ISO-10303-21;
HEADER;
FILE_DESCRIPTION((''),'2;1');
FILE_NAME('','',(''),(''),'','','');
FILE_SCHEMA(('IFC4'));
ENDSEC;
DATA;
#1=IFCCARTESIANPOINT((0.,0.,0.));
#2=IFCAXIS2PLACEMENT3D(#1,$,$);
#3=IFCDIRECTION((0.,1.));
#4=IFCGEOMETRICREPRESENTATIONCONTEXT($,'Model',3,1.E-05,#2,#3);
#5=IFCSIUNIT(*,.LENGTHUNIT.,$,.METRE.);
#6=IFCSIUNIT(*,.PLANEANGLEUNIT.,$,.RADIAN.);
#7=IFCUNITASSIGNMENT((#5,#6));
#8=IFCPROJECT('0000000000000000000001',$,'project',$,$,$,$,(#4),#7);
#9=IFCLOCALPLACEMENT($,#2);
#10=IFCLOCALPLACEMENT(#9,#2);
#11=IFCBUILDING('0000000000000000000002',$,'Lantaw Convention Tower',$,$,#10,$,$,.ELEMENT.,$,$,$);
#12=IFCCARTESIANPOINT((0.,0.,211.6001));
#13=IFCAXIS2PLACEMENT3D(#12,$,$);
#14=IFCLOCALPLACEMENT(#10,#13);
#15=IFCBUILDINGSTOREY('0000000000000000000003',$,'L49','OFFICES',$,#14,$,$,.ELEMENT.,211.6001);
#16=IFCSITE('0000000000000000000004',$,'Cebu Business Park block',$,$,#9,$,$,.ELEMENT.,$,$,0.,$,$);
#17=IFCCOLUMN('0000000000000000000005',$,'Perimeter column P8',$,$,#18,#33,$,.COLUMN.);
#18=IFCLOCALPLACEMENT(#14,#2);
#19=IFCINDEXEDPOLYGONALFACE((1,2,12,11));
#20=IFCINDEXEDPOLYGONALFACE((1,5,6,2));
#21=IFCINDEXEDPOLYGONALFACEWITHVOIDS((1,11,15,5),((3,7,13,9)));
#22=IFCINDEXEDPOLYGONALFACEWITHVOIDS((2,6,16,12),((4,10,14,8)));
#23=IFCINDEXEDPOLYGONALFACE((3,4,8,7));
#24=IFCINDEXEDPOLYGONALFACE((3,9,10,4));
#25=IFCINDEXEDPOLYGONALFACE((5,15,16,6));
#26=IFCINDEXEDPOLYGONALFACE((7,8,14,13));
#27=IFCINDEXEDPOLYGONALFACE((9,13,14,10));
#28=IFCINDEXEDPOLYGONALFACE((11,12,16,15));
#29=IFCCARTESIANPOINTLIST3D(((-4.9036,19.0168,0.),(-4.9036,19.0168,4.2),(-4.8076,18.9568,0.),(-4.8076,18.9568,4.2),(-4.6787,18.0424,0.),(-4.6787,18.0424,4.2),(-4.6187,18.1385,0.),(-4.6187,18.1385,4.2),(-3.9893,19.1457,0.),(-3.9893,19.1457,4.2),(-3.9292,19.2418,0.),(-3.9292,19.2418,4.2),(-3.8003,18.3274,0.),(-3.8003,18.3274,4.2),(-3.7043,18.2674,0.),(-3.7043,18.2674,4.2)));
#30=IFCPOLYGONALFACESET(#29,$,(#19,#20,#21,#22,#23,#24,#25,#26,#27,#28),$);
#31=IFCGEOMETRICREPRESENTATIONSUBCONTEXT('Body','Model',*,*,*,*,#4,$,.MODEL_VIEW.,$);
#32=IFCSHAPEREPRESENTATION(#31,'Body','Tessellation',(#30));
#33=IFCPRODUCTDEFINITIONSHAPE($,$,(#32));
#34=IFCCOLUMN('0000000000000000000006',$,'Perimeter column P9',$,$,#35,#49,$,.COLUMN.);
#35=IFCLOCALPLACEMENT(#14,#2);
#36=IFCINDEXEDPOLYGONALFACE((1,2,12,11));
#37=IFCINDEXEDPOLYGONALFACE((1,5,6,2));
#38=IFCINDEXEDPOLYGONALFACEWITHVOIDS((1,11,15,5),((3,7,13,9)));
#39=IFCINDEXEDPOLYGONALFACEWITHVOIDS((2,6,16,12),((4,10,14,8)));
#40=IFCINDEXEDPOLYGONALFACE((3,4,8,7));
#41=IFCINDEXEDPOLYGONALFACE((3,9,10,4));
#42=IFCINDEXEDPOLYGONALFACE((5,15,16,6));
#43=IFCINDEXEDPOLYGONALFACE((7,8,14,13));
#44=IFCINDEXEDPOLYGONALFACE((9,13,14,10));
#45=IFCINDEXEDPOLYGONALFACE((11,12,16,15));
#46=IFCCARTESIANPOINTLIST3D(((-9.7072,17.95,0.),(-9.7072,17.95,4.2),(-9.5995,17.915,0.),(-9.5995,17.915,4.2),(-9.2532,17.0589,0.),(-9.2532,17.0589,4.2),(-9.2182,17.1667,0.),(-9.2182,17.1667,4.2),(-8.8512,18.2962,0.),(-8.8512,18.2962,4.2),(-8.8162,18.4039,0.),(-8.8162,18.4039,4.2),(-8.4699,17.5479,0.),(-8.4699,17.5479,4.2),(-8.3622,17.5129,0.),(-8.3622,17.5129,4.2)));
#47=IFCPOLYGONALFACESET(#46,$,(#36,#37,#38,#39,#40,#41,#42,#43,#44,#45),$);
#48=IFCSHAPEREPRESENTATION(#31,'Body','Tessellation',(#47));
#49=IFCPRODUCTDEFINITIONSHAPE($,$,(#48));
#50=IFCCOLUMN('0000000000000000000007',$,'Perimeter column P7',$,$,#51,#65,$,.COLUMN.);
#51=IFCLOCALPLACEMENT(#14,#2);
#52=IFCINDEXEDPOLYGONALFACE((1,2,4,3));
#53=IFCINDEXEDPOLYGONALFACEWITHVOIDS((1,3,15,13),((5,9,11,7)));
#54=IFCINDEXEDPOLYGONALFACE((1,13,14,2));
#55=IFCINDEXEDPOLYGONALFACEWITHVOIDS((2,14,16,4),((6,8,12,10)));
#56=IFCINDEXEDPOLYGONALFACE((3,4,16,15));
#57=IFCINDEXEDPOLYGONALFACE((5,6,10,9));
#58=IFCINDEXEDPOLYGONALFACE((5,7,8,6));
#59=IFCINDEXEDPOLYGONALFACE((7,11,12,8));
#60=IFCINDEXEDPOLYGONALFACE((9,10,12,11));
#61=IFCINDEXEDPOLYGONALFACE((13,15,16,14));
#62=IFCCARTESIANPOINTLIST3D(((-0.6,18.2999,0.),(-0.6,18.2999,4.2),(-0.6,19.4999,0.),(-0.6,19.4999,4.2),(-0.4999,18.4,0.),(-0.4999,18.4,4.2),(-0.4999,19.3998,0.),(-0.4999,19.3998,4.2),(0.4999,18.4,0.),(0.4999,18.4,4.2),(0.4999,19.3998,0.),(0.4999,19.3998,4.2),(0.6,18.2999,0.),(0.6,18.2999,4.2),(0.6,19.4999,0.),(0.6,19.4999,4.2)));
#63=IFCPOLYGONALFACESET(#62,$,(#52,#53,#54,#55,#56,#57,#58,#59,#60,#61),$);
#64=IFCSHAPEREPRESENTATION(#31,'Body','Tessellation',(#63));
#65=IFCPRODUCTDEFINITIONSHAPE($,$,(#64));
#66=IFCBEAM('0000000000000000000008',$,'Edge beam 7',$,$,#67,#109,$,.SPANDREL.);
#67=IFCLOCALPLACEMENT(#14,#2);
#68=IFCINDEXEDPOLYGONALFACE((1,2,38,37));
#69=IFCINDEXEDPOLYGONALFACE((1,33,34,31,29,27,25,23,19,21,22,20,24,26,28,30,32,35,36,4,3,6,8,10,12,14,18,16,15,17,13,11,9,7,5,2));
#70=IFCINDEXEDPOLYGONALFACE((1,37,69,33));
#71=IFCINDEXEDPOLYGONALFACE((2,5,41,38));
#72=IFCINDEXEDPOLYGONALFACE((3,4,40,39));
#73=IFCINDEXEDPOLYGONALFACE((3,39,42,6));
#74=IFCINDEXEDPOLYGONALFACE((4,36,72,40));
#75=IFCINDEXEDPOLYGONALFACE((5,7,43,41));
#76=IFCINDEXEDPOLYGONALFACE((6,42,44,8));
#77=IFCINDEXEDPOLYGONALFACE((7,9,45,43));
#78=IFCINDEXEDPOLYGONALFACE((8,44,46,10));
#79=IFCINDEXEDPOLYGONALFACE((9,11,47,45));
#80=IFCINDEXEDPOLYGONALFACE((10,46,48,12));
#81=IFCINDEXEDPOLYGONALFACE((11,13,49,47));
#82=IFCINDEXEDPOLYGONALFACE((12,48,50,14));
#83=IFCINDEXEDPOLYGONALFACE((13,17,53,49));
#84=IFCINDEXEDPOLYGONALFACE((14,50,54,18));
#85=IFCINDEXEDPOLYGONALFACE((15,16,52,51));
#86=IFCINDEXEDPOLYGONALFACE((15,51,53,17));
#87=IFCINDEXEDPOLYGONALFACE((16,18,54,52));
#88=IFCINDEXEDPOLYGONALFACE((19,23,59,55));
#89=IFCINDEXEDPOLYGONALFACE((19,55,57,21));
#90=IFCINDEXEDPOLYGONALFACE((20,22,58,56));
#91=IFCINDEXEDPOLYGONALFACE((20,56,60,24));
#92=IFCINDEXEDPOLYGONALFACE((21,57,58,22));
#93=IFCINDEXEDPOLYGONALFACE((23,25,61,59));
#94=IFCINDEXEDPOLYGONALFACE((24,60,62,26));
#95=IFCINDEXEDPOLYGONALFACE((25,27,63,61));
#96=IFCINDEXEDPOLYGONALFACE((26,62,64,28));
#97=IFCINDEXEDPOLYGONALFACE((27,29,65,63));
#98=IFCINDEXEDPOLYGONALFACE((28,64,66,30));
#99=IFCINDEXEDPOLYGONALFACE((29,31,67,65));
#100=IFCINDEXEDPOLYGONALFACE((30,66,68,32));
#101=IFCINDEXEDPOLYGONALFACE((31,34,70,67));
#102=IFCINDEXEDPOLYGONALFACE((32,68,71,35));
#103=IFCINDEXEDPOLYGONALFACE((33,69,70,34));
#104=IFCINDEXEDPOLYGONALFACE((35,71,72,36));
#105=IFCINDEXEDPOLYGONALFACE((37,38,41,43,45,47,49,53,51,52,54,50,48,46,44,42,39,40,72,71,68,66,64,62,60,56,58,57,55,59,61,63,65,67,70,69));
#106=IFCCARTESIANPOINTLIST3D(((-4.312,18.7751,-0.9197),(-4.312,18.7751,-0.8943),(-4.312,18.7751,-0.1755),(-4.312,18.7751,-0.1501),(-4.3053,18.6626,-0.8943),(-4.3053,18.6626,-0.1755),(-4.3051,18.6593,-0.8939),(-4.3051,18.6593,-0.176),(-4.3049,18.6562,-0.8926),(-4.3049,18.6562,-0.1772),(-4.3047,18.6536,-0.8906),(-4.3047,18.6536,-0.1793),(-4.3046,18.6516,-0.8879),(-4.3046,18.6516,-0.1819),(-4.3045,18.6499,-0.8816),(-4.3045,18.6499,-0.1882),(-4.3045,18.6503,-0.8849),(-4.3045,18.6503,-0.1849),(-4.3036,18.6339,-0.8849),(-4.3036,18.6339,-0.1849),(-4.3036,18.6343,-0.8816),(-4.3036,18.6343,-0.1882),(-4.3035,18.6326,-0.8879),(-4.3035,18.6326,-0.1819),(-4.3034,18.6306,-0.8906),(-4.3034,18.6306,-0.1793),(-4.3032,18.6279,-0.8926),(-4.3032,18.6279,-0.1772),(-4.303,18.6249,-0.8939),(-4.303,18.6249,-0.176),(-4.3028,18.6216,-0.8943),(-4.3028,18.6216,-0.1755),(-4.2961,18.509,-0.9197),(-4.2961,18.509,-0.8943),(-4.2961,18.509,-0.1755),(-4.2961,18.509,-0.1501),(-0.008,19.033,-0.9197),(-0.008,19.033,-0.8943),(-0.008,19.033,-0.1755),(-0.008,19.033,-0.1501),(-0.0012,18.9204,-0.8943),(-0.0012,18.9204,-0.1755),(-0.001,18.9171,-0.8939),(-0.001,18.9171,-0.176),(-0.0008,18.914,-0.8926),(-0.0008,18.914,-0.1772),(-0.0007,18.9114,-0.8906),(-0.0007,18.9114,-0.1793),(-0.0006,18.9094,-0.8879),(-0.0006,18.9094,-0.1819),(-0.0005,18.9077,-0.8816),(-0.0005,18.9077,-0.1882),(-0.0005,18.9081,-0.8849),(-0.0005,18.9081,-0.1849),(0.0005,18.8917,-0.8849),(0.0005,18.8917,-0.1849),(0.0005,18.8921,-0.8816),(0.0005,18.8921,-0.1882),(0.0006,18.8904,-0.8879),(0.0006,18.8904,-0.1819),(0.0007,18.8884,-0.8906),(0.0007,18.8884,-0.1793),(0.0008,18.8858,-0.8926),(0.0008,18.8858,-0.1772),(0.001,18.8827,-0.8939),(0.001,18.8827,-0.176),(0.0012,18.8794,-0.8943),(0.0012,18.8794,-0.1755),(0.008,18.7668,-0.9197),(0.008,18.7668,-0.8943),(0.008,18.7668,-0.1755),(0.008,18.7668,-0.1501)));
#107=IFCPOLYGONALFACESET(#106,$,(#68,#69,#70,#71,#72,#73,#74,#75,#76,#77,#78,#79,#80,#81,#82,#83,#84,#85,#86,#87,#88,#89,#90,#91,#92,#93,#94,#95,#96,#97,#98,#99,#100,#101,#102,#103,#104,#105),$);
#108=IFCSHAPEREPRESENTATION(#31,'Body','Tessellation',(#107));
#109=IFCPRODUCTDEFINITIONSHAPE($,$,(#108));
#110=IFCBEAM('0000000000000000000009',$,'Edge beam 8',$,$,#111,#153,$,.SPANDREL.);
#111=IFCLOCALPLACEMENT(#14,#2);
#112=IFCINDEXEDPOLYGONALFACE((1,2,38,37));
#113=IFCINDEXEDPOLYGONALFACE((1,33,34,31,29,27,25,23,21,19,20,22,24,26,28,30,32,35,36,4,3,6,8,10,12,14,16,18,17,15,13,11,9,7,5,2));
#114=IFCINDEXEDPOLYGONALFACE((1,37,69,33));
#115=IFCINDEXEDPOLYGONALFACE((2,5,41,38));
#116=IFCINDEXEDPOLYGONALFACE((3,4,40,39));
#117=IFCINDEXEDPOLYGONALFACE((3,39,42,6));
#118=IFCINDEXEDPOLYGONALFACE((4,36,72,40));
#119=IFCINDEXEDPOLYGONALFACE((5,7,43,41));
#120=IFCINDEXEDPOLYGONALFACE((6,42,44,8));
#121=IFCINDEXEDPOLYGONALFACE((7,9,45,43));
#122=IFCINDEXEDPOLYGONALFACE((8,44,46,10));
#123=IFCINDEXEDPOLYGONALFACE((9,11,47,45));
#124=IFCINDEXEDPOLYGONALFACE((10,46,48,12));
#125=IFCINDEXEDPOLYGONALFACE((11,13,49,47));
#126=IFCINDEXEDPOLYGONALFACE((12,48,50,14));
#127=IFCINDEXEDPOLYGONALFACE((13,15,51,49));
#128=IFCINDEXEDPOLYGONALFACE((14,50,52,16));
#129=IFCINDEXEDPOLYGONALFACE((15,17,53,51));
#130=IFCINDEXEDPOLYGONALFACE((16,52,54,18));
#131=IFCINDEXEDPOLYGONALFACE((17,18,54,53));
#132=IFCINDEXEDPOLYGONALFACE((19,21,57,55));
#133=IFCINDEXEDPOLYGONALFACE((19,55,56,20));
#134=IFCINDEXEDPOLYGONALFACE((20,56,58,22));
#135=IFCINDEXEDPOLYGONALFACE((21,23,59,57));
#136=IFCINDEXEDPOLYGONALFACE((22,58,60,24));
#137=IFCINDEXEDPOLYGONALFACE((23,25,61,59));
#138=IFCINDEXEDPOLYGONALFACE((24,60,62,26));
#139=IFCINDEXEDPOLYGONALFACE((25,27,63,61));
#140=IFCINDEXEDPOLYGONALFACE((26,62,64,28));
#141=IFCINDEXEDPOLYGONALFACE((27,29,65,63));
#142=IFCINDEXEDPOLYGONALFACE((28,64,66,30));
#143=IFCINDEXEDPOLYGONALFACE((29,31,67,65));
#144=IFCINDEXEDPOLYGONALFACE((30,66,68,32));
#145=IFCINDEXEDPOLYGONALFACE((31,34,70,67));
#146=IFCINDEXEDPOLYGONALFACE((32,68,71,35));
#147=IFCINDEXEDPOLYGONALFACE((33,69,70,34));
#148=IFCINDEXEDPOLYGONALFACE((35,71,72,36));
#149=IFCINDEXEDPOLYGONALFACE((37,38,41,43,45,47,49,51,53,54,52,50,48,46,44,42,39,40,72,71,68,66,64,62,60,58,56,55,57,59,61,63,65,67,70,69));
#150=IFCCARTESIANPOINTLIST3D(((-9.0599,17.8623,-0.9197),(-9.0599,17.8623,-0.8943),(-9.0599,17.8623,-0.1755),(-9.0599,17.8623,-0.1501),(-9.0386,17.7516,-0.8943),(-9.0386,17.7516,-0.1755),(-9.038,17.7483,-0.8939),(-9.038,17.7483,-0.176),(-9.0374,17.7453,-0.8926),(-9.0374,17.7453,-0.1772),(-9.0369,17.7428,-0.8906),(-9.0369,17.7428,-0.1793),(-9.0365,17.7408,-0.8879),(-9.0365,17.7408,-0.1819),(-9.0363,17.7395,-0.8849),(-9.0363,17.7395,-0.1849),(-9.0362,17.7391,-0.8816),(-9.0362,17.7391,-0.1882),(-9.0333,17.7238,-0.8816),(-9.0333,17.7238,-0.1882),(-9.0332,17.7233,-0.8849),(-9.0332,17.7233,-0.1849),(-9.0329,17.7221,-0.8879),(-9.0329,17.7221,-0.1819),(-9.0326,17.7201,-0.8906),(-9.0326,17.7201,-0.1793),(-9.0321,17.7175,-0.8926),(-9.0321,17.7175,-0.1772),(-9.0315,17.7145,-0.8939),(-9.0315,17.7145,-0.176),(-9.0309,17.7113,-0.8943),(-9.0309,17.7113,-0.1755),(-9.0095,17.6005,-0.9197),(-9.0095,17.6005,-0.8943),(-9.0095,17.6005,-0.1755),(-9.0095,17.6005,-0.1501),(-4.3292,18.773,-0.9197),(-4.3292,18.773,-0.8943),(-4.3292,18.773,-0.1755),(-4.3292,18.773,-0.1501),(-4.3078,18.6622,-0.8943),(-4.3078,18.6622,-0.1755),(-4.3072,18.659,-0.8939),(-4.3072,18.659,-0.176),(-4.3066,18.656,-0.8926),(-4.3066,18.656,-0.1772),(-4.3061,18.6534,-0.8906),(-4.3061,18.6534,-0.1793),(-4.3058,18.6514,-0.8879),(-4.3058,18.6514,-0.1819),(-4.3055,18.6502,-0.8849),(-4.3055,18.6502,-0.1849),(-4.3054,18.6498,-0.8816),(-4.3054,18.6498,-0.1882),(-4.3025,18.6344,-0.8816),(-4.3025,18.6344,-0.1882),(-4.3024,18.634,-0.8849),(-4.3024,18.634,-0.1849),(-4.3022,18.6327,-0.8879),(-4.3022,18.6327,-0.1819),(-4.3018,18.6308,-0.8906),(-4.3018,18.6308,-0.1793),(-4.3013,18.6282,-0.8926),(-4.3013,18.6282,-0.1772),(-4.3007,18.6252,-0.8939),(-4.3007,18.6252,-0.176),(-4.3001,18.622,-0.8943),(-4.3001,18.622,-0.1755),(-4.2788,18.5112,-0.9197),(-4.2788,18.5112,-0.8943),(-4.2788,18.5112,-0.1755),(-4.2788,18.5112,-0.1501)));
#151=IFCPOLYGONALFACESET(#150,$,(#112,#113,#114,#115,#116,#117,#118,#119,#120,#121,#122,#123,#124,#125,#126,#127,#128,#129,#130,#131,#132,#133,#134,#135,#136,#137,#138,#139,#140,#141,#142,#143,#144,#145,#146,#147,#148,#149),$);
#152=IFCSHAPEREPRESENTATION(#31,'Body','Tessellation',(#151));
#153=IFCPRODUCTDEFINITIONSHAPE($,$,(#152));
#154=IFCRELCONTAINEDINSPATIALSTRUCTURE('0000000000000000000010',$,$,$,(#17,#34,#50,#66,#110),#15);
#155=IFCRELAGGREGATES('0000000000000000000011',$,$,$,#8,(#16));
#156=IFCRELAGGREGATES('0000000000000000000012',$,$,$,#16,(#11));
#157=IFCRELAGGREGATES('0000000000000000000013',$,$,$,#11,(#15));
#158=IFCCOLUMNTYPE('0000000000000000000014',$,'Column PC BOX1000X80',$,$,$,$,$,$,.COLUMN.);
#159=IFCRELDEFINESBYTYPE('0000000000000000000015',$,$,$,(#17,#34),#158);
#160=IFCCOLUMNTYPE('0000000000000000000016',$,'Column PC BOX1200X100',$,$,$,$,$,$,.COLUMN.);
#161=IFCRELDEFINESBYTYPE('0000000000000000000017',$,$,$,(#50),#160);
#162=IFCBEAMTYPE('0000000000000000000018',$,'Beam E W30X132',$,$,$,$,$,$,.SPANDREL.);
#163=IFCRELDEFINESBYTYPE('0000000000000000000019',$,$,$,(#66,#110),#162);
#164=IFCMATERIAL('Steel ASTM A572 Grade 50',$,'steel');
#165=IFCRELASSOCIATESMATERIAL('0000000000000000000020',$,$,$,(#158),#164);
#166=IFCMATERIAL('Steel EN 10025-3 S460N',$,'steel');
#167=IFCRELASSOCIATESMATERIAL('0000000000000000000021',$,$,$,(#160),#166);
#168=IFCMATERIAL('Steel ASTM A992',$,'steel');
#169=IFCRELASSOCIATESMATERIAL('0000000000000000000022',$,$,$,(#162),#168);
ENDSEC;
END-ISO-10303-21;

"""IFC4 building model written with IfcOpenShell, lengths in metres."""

from ifc_helpers import new_model, si_unit, direction, frame, origin, origin_2d, place, context, subcontext, project, spatial, rectangle, hollow_rectangle, i_section, extrude, material, material_profile, profile_set, type_object, element, save


model = new_model("IFC4")

# Units and contexts
model_context = context("Model", 3, precision=1e-05, world=origin(), true_north=direction((0.0, 1.0)))
body_context = subcontext(model_context, "Body", "Model", "MODEL_VIEW")
ifc_project = project(units=[si_unit("LENGTHUNIT", "METRE"), si_unit("PLANEANGLEUNIT", "RADIAN")], contexts=[model_context])

# Site, building, storey
site_placement = place(None, origin())
site = spatial("IfcSite", under=ifc_project, at=site_placement, Name="Cebu Business Park block", CompositionType="ELEMENT", RefElevation=0.0)
building_placement = place(site_placement, origin())
building = spatial("IfcBuilding", under=site, at=building_placement, Name="Lantaw Convention Tower", CompositionType="ELEMENT")
storey_placement = place(building_placement, frame((0.0, 0.0, 211.6001)))
storey = spatial("IfcBuildingStorey", under=building, at=storey_placement, Name="L49", Description="OFFICES", CompositionType="ELEMENT", Elevation=211.6001)

# Columns
ifc_material_1 = material(Name="Steel ASTM A572 Grade 50", Category="steel")
ifc_material_profile_1 = material_profile(ifc_material_1, hollow_rectangle(XDim=1.0, YDim=1.0, WallThickness=0.0801, at=origin_2d()), Name="BOX1000X80")
ifc_material_2 = material(Name="Concrete C60/75", Category="concrete")
ifc_material_profile_2 = material_profile(ifc_material_2, rectangle(XDim=0.8401, YDim=0.8401, at=origin_2d()), Name="Concrete fill of BOX1000X80")
ifc_profile_set_1 = profile_set([ifc_material_profile_1, ifc_material_profile_2], Name="Steel ASTM A572 Grade 50")
column_type_1 = type_object("IfcColumnType", Name="Column PC BOX1000X80", PredefinedType="COLUMN", material=ifc_profile_set_1)
for number, where, z_axis, x_axis, name in (
    (1, (-4.304, 18.6421, 0.0), (0.0, 0.0, 1.0), (0.97437, 0.224951, 0.0), "Perimeter column P8"),
    (2, (-9.0347, 17.7314, 0.0), (0.0, 0.0, 1.0), (0.891007, 0.45399, 0.0), "Perimeter column P9"),
):
    element("IfcColumn", number, at=place(storey_placement, frame(where, z_axis=z_axis, x_axis=x_axis)), inside=storey, type_object=column_type_1, Name=name, PredefinedType="COLUMN", context=body_context, shape_type="SweptSolid", body=[
        extrude(hollow_rectangle(XDim=1.0, YDim=1.0, WallThickness=0.0801, at=origin_2d()), origin(), (0.0, 0.0, 1.0), 4.2),
    ])
ifc_material_3 = material(Name="Steel EN 10025-3 S460N", Category="steel")
ifc_material_profile_3 = material_profile(ifc_material_3, hollow_rectangle(XDim=1.2, YDim=1.2, WallThickness=0.1001, at=origin_2d()), Name="BOX1200X100")
ifc_material_profile_4 = material_profile(ifc_material_2, rectangle(XDim=1.0, YDim=1.0, at=origin_2d()), Name="Concrete fill of BOX1200X100")
ifc_profile_set_2 = profile_set([ifc_material_profile_3, ifc_material_profile_4], Name="Steel EN 10025-3 S460N")
column_type_2 = type_object("IfcColumnType", Name="Column PC BOX1200X100", PredefinedType="COLUMN", material=ifc_profile_set_2)
column_placement = place(storey_placement, frame((0.0, 18.8999, 0.0), z_axis=(0.0, 0.0, 1.0), x_axis=(1.0, 0.0, 0.0)))
element("IfcColumn", 3, at=column_placement, inside=storey, type_object=column_type_2, Name="Perimeter column P7", PredefinedType="COLUMN", context=body_context, shape_type="SweptSolid", body=[
    extrude(hollow_rectangle(XDim=1.2, YDim=1.2, WallThickness=0.1001, at=origin_2d()), origin(), (0.0, 0.0, 1.0), 4.2),
])

# Beams
ifc_material_4 = material(Name="Steel ASTM A992", Category="steel")
ifc_material_profile_5 = material_profile(ifc_material_4, i_section(OverallWidth=0.2666, OverallDepth=0.7695, WebThickness=0.0156, FlangeThickness=0.0254, FilletRadius=0.0127, at=origin_2d()), Name="W30X132")
ifc_profile_set_3 = profile_set([ifc_material_profile_5], Name="Steel ASTM A992")
beam_type_1 = type_object("IfcBeamType", Name="Beam E W30X132", PredefinedType="SPANDREL", material=ifc_profile_set_3)
beam_1_placement = place(storey_placement, frame((0.0, 18.8999, -0.5349), z_axis=(-0.998211, -0.059794, 0.0), x_axis=(0.059794, -0.998211, 0.0)))
element("IfcBeam", 4, at=beam_1_placement, inside=storey, type_object=beam_type_1, Name="Edge beam 7", PredefinedType="SPANDREL", context=body_context, shape_type="SweptSolid", body=[
    extrude(i_section(OverallWidth=0.2666, OverallDepth=0.7695, WebThickness=0.0156, FlangeThickness=0.0254, FilletRadius=0.0127, at=origin_2d()), origin(), (0.0, 0.0, 1.0), 4.3118),
])
beam_2_placement = place(storey_placement, frame((-4.304, 18.6421, -0.5349), z_axis=(-0.981972, -0.189026, 0.0), x_axis=(0.189026, -0.981972, 0.0)))
element("IfcBeam", 5, at=beam_2_placement, inside=storey, type_object=beam_type_1, Name="Edge beam 8", PredefinedType="SPANDREL", context=body_context, shape_type="SweptSolid", body=[
    extrude(i_section(OverallWidth=0.2666, OverallDepth=0.7695, WebThickness=0.0156, FlangeThickness=0.0254, FilletRadius=0.0127, at=origin_2d()), origin(), (0.0, 0.0, 1.0), 4.8176),
])

save(model, "model.ifc")
